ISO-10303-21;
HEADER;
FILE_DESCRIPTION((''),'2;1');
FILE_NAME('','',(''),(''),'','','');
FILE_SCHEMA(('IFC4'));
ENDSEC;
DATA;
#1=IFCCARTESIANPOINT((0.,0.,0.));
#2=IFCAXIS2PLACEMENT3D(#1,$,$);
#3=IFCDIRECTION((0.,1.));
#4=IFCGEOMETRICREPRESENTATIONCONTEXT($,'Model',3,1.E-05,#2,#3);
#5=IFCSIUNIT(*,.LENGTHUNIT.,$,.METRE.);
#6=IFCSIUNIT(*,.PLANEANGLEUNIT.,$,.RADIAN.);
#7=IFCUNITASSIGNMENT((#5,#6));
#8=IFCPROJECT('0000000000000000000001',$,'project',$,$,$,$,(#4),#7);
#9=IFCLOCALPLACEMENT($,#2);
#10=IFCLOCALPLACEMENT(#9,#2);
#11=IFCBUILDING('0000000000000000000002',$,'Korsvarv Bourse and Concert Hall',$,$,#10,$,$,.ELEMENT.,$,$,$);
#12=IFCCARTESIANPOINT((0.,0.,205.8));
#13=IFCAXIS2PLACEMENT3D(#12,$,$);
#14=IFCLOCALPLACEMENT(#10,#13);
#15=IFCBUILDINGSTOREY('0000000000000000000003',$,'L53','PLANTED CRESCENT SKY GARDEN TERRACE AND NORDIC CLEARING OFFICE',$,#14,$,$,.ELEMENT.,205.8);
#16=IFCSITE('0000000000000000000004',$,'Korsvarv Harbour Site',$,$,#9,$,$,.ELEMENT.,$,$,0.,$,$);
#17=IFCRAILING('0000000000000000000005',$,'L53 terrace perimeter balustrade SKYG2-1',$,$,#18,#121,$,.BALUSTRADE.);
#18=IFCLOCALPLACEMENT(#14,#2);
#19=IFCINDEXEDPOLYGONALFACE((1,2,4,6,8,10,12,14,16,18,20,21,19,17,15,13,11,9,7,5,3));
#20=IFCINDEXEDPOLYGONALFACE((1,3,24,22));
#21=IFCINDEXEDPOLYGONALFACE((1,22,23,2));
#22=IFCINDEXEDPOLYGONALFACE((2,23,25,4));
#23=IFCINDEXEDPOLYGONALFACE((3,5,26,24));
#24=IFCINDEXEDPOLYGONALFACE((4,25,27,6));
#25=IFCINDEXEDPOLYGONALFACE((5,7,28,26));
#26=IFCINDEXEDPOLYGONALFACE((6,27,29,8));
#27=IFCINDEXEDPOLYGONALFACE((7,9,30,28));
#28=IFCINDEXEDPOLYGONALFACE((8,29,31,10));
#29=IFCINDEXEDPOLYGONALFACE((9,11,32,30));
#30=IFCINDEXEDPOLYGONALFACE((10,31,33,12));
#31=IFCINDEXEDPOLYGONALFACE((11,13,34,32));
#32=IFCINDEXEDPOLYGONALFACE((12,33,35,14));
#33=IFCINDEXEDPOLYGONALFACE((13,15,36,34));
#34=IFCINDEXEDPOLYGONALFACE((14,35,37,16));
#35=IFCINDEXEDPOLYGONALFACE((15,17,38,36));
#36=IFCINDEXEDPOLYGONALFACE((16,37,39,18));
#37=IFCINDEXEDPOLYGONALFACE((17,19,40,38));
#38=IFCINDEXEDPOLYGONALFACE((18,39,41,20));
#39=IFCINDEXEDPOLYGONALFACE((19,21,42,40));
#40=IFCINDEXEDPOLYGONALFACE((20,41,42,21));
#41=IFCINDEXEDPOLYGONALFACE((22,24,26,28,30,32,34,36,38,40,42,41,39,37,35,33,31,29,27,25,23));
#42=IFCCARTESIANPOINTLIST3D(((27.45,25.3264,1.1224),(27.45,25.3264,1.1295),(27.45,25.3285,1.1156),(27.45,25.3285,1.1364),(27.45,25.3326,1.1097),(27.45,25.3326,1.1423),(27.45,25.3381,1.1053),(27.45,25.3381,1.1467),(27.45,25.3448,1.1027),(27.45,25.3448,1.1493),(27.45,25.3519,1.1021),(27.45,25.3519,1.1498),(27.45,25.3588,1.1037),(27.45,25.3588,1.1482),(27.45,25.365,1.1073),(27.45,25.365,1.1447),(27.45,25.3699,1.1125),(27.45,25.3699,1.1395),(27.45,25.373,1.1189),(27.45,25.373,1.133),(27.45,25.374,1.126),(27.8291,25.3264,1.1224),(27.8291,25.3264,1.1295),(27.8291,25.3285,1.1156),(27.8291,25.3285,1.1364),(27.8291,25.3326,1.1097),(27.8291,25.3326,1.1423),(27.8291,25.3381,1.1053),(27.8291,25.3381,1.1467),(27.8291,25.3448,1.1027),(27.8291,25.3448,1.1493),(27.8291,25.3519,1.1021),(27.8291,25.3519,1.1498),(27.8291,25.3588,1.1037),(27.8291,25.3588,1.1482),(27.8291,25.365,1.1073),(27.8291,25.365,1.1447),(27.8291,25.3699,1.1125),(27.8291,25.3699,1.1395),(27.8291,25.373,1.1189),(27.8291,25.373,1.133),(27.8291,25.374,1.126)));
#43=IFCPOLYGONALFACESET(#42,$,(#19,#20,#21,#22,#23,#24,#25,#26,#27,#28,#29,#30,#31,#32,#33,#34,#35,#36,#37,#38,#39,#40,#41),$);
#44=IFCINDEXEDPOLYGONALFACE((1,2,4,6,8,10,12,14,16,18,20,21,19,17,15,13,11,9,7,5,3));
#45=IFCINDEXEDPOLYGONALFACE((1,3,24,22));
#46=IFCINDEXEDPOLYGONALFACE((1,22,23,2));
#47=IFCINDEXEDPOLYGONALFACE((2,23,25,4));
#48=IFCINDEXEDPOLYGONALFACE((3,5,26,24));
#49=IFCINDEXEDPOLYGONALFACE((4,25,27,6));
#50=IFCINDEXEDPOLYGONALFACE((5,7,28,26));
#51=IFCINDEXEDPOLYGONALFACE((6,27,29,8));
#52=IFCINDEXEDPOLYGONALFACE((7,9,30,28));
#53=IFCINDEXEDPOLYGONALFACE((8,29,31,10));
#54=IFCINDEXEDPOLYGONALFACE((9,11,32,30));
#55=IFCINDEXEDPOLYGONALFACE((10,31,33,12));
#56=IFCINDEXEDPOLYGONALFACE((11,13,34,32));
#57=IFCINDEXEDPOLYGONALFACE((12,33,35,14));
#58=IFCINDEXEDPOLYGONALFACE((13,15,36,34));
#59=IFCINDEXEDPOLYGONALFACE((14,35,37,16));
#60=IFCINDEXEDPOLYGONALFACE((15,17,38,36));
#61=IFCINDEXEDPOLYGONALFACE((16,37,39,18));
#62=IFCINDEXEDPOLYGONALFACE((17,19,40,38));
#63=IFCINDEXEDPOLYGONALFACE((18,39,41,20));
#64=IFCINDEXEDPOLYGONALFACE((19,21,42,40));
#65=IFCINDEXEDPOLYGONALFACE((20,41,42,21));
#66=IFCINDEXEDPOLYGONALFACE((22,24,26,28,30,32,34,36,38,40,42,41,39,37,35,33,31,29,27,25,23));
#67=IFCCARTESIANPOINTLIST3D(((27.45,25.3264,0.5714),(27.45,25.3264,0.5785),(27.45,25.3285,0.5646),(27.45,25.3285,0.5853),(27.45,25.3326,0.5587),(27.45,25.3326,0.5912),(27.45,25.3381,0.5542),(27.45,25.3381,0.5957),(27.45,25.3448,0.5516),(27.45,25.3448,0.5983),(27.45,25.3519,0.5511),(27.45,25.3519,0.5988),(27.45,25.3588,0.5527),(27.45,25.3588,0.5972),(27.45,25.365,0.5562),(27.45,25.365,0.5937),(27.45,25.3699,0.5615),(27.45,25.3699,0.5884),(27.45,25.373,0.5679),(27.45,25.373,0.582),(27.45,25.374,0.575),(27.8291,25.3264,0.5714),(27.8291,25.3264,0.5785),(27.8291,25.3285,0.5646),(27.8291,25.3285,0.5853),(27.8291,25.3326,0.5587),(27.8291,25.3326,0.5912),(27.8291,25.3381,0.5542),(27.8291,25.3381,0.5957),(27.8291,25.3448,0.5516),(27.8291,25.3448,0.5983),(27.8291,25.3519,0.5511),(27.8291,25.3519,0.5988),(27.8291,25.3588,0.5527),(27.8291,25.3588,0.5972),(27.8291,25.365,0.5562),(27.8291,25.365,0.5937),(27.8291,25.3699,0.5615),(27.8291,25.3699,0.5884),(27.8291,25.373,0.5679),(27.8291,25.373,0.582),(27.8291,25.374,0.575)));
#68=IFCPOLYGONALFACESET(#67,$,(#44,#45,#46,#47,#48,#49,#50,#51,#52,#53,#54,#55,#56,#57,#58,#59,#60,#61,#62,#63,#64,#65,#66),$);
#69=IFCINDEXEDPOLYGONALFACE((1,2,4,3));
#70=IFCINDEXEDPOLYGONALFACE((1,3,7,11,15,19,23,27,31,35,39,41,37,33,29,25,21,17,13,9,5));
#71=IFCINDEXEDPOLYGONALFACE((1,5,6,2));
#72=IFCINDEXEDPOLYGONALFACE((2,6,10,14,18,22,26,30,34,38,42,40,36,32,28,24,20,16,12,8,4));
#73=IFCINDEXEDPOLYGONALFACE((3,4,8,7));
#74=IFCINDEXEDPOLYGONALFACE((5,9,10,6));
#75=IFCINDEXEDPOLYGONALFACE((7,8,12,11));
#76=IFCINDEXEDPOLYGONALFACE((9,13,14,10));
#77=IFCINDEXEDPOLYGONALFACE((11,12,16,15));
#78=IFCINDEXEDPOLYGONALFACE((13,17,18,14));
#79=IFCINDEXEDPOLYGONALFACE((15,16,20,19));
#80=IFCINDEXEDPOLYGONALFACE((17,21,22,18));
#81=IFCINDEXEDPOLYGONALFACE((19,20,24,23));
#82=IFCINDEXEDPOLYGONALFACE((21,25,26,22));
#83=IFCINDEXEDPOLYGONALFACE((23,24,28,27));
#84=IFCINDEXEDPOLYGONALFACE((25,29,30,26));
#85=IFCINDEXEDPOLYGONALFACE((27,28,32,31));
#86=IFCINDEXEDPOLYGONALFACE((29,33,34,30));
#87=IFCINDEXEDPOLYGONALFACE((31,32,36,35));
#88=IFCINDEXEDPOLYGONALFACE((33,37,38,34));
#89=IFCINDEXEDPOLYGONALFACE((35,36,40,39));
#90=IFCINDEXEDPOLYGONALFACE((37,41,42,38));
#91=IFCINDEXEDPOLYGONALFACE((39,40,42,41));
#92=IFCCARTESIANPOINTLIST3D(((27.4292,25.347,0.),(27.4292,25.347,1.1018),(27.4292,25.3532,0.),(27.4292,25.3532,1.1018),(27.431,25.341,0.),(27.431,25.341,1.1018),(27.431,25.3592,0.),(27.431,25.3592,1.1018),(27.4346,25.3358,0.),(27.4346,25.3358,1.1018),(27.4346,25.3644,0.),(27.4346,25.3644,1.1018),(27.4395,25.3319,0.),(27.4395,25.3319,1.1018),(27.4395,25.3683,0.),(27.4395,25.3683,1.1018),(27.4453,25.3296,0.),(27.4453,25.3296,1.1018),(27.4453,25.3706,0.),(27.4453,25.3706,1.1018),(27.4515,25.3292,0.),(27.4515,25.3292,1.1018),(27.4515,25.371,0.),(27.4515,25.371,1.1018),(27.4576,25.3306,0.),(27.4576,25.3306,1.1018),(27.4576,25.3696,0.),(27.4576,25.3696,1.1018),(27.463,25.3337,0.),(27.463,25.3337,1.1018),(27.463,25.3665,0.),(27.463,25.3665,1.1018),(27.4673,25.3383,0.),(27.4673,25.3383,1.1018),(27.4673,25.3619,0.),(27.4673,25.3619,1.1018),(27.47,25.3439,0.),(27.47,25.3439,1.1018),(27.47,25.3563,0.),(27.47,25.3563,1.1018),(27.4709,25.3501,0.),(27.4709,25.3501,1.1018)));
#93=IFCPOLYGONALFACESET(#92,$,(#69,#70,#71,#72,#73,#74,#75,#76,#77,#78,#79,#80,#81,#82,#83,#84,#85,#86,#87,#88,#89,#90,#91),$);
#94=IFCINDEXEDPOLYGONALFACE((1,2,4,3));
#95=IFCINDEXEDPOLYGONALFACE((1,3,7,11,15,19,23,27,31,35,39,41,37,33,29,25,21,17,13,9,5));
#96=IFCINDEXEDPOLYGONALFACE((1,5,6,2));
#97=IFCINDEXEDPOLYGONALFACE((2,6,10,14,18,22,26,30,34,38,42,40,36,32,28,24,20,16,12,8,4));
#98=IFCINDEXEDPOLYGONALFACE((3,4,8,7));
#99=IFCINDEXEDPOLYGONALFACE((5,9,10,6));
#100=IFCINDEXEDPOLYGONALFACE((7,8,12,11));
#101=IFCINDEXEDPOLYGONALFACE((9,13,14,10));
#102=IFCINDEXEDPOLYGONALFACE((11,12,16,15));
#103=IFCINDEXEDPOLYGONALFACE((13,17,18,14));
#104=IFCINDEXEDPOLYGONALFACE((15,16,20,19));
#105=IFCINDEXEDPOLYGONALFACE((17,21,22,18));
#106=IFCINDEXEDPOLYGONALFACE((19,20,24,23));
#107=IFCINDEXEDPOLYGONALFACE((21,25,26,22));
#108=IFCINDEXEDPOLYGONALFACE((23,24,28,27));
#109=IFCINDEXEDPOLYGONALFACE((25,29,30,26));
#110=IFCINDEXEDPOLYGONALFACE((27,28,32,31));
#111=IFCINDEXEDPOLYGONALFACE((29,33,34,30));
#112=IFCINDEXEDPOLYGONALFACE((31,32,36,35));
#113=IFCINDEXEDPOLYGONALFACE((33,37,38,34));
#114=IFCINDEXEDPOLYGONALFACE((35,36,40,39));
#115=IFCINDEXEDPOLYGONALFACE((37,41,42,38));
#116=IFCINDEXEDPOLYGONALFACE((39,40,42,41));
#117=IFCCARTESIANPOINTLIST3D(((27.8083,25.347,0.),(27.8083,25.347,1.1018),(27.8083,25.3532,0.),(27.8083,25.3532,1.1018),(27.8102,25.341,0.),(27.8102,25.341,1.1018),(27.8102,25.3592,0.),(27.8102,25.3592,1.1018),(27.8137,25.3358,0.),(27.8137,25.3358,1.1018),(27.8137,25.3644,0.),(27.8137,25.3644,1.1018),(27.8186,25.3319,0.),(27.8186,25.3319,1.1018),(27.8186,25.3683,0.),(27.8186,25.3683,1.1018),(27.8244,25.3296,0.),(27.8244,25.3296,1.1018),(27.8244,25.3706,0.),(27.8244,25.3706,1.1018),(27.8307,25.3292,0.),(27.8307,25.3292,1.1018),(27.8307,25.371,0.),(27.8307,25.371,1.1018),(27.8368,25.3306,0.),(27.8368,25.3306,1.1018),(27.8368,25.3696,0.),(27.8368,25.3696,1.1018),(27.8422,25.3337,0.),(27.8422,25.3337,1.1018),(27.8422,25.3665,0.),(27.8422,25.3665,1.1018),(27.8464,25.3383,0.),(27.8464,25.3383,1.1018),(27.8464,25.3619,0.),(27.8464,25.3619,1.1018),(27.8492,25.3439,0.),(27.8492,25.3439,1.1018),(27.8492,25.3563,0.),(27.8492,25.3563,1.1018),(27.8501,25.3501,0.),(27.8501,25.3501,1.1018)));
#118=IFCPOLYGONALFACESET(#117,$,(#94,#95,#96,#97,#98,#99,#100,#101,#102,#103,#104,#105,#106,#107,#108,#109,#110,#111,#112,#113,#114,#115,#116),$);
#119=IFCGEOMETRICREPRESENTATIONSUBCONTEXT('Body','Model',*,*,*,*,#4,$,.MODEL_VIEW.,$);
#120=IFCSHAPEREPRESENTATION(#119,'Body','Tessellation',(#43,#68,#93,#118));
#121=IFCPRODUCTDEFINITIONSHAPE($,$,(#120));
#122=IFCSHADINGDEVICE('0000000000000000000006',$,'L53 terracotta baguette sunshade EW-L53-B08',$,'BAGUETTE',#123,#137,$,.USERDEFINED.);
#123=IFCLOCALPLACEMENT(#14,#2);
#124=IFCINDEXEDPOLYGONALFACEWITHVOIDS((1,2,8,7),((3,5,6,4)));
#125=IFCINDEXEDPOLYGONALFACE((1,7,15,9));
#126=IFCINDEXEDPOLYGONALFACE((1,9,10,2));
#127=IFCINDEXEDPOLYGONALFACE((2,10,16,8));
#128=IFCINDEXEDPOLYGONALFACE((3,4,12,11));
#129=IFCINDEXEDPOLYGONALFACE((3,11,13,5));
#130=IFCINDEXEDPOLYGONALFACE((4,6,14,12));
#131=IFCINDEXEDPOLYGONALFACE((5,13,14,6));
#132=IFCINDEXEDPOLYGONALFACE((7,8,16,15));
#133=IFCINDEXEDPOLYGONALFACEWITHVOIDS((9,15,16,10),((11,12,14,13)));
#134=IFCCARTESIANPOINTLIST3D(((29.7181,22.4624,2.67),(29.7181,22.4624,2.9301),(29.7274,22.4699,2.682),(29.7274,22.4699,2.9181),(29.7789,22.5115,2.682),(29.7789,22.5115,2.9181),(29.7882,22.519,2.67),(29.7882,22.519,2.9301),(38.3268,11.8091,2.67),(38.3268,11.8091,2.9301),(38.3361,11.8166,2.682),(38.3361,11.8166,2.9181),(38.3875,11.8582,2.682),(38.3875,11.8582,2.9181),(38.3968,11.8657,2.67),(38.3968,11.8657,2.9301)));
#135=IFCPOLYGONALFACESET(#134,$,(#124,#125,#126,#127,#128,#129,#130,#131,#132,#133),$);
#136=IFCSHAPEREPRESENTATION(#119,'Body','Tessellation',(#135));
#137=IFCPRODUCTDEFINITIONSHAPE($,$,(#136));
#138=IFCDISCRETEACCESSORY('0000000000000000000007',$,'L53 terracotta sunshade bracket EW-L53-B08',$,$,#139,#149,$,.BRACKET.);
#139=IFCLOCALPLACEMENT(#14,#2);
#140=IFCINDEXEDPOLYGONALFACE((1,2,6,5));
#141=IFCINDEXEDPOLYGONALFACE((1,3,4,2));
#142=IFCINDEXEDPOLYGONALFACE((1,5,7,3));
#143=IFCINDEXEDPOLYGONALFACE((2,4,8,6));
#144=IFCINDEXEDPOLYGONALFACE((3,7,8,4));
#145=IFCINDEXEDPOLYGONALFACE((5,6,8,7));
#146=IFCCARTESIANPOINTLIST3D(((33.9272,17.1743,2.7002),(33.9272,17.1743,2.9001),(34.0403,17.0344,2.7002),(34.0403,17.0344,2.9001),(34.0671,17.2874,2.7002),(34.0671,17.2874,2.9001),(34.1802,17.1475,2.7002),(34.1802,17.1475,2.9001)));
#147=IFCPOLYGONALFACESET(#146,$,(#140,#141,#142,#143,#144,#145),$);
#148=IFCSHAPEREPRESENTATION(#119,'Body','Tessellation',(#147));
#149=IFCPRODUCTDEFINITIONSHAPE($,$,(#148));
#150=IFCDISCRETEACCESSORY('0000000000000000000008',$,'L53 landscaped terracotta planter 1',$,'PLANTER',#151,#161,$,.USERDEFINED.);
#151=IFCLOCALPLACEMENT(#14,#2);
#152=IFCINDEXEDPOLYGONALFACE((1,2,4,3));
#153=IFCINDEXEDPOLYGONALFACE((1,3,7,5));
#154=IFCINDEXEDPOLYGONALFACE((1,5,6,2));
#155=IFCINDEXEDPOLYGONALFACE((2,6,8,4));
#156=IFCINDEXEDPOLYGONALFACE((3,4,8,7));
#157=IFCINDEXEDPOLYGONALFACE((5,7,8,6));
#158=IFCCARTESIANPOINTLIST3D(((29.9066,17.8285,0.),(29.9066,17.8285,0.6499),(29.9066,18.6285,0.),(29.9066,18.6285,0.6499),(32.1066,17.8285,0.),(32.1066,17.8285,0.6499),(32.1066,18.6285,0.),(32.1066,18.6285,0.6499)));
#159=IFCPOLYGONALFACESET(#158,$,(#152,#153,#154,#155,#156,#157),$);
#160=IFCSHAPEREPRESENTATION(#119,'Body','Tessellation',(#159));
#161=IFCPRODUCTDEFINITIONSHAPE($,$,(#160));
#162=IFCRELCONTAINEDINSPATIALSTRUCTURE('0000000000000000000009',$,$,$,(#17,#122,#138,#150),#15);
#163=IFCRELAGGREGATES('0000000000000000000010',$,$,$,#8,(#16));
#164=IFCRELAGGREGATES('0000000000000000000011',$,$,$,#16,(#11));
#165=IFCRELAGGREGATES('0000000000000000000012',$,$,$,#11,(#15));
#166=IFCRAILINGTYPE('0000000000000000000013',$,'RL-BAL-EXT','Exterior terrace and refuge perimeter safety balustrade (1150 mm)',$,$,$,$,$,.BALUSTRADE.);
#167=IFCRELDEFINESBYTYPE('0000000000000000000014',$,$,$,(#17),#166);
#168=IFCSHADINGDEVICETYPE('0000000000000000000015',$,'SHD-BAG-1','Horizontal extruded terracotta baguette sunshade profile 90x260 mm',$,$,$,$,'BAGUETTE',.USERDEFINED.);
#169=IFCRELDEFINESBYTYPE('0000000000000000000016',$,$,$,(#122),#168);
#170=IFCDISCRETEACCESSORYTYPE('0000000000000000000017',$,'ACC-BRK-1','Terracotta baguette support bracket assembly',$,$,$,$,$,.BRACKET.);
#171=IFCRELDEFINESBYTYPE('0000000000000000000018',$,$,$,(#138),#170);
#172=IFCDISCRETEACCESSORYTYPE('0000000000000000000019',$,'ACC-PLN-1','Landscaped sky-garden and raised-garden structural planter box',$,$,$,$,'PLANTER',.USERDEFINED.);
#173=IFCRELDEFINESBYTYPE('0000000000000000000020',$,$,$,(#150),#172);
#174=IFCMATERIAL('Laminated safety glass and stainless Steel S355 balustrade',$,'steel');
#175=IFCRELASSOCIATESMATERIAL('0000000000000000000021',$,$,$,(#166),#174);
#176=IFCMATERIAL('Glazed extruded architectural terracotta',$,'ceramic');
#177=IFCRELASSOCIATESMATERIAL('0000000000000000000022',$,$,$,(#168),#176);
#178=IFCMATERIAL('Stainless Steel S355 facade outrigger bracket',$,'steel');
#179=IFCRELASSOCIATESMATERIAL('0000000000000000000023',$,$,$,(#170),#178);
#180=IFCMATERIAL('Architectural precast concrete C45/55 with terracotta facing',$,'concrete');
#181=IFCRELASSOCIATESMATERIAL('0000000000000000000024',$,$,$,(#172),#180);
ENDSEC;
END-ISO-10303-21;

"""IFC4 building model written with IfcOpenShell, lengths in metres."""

from ifc_helpers import new_model, si_unit, direction, frame, origin, origin_2d, place, context, subcontext, project, spatial, rectangle, hollow_rectangle, circle, extrude, source, transform, mapped, material, material_profile, profile_set, type_object, element, save


model = new_model("IFC4")

# Units and contexts
model_context = context("Model", 3, precision=1e-05, world=origin(), true_north=direction((0.0, 1.0)))
body_context = subcontext(model_context, "Body", "Model", "MODEL_VIEW")
ifc_project = project(units=[si_unit("LENGTHUNIT", "METRE"), si_unit("PLANEANGLEUNIT", "RADIAN")], contexts=[model_context])

# Site, building, storey
site_placement = place(None, origin())
site = spatial("IfcSite", under=ifc_project, at=site_placement, Name="Korsvarv Harbour Site", CompositionType="ELEMENT", RefElevation=0.0)
building_placement = place(site_placement, origin())
building = spatial("IfcBuilding", under=site, at=building_placement, Name="Korsvarv Bourse and Concert Hall", CompositionType="ELEMENT")
storey_placement = place(building_placement, frame((0.0, 0.0, 205.8)))
storey = spatial("IfcBuildingStorey", under=building, at=storey_placement, Name="L53", Description="PLANTED CRESCENT SKY GARDEN TERRACE AND NORDIC CLEARING OFFICE", CompositionType="ELEMENT", Elevation=205.8)

# Railing
ifc_material_1 = material(Name="Laminated safety glass and stainless Steel S355 balustrade", Category="steel")
railing_type = type_object("IfcRailingType", Name="RL-BAL-EXT", Description="Exterior terrace and refuge perimeter safety balustrade (1150 mm)", PredefinedType="BALUSTRADE", material=ifc_material_1)
railing_1_placement = place(storey_placement, frame((27.45, 25.3501, 0.0)))
element("IfcRailing", 1, at=railing_1_placement, inside=storey, type_object=railing_type, Name="L53 terrace perimeter balustrade SKYG2-1", PredefinedType="BALUSTRADE", context=body_context, shape_type="SweptSolid", body=[
    extrude(circle(Radius=0.0239, at=origin_2d()), frame((0.0, 0.0, 1.126), z_axis=(1.0, 0.0, 0.0), x_axis=(0.0, 1.0, 0.0)), (0.0, 0.0, 1.0), 0.3792),
    extrude(circle(Radius=0.0239, at=origin_2d()), frame((0.0, 0.0, 0.575), z_axis=(1.0, 0.0, 0.0), x_axis=(0.0, 1.0, 0.0)), (0.0, 0.0, 1.0), 0.3792),
    extrude(circle(Radius=0.021, at=origin_2d()), origin(), (0.0, 0.0, 1.0), 1.1018),
    extrude(circle(Radius=0.021, at=origin_2d()), frame((0.3792, 0.0, 0.0)), (0.0, 0.0, 1.0), 1.1018),
])

# Shading device
ifc_material_2 = material(Name="Glazed extruded architectural terracotta", Category="ceramic")
ifc_material_profile_1 = material_profile(ifc_material_2, hollow_rectangle(XDim=0.0901, YDim=0.26, WallThickness=0.012, at=origin_2d()), Name="TC-BAG 90x260")
ifc_profile_set_1 = profile_set([ifc_material_profile_1], Name="Glazed extruded architectural terracotta")
shading_device_type = type_object("IfcShadingDeviceType", Name="SHD-BAG-1", Description="Horizontal extruded terracotta baguette sunshade profile 90x260 mm", ElementType="BAGUETTE", PredefinedType="USERDEFINED", material=ifc_profile_set_1)
shared_shape_1 = source(origin(), body_context, "Body", "SweptSolid", [
    extrude(hollow_rectangle(XDim=0.0901, YDim=0.26, WallThickness=0.012, at=origin_2d()), origin(), (0.0, 0.0, 1.0), 13.6968),
])
shading_device_placement = place(storey_placement, frame((29.7532, 22.4907, 2.8), z_axis=(0.628515, -0.777797, 0.0), x_axis=(0.777797, 0.628515, 0.0)))
element("IfcShadingDevice", 2, at=shading_device_placement, inside=storey, type_object=shading_device_type, Name="L53 terracotta baguette sunshade EW-L53-B08", ObjectType="BAGUETTE", PredefinedType="USERDEFINED", context=body_context, shape_type="MappedRepresentation", body=[
    mapped(shared_shape_1, transform((0.0, 0.0, 0.0), scale=1.0)),
])

# Discrete accessories
ifc_material_3 = material(Name="Stainless Steel S355 facade outrigger bracket", Category="steel")
discrete_accessory_type_1 = type_object("IfcDiscreteAccessoryType", Name="ACC-BRK-1", Description="Terracotta baguette support bracket assembly", PredefinedType="BRACKET", material=ifc_material_3)
shared_shape_2 = source(origin(), body_context, "Body", "SweptSolid", [
    extrude(rectangle(XDim=0.1799, YDim=0.1799, at=origin_2d()), origin(), (0.0, 0.0, 1.0), 0.2),
])
discrete_accessory_1_placement = place(storey_placement, frame((34.0537, 17.1609, 2.7002), z_axis=(0.0, 0.0, 1.0), x_axis=(0.628506, -0.777805, 0.0)))
element("IfcDiscreteAccessory", 3, at=discrete_accessory_1_placement, inside=storey, type_object=discrete_accessory_type_1, Name="L53 terracotta sunshade bracket EW-L53-B08", PredefinedType="BRACKET", context=body_context, shape_type="MappedRepresentation", body=[
    mapped(shared_shape_2, transform((0.0, 0.0, 0.0), scale=1.0)),
])
ifc_material_4 = material(Name="Architectural precast concrete C45/55 with terracotta facing", Category="concrete")
discrete_accessory_type_2 = type_object("IfcDiscreteAccessoryType", Name="ACC-PLN-1", Description="Landscaped sky-garden and raised-garden structural planter box", ElementType="PLANTER", PredefinedType="USERDEFINED", material=ifc_material_4)
shared_shape_3 = source(origin(), body_context, "Body", "SweptSolid", [
    extrude(rectangle(XDim=2.2, YDim=0.8, at=origin_2d()), origin(), (0.0, 0.0, 1.0), 0.6499),
])
discrete_accessory_2_placement = place(storey_placement, frame((31.0066, 18.2285, 0.0), z_axis=(0.0, 0.0, 1.0), x_axis=(1.0, 0.0, 0.0)))
element("IfcDiscreteAccessory", 4, at=discrete_accessory_2_placement, inside=storey, type_object=discrete_accessory_type_2, Name="L53 landscaped terracotta planter 1", ObjectType="PLANTER", PredefinedType="USERDEFINED", context=body_context, shape_type="MappedRepresentation", body=[
    mapped(shared_shape_3, transform((0.0, 0.0, 0.0), scale=1.0)),
])

save(model, "model.ifc")
